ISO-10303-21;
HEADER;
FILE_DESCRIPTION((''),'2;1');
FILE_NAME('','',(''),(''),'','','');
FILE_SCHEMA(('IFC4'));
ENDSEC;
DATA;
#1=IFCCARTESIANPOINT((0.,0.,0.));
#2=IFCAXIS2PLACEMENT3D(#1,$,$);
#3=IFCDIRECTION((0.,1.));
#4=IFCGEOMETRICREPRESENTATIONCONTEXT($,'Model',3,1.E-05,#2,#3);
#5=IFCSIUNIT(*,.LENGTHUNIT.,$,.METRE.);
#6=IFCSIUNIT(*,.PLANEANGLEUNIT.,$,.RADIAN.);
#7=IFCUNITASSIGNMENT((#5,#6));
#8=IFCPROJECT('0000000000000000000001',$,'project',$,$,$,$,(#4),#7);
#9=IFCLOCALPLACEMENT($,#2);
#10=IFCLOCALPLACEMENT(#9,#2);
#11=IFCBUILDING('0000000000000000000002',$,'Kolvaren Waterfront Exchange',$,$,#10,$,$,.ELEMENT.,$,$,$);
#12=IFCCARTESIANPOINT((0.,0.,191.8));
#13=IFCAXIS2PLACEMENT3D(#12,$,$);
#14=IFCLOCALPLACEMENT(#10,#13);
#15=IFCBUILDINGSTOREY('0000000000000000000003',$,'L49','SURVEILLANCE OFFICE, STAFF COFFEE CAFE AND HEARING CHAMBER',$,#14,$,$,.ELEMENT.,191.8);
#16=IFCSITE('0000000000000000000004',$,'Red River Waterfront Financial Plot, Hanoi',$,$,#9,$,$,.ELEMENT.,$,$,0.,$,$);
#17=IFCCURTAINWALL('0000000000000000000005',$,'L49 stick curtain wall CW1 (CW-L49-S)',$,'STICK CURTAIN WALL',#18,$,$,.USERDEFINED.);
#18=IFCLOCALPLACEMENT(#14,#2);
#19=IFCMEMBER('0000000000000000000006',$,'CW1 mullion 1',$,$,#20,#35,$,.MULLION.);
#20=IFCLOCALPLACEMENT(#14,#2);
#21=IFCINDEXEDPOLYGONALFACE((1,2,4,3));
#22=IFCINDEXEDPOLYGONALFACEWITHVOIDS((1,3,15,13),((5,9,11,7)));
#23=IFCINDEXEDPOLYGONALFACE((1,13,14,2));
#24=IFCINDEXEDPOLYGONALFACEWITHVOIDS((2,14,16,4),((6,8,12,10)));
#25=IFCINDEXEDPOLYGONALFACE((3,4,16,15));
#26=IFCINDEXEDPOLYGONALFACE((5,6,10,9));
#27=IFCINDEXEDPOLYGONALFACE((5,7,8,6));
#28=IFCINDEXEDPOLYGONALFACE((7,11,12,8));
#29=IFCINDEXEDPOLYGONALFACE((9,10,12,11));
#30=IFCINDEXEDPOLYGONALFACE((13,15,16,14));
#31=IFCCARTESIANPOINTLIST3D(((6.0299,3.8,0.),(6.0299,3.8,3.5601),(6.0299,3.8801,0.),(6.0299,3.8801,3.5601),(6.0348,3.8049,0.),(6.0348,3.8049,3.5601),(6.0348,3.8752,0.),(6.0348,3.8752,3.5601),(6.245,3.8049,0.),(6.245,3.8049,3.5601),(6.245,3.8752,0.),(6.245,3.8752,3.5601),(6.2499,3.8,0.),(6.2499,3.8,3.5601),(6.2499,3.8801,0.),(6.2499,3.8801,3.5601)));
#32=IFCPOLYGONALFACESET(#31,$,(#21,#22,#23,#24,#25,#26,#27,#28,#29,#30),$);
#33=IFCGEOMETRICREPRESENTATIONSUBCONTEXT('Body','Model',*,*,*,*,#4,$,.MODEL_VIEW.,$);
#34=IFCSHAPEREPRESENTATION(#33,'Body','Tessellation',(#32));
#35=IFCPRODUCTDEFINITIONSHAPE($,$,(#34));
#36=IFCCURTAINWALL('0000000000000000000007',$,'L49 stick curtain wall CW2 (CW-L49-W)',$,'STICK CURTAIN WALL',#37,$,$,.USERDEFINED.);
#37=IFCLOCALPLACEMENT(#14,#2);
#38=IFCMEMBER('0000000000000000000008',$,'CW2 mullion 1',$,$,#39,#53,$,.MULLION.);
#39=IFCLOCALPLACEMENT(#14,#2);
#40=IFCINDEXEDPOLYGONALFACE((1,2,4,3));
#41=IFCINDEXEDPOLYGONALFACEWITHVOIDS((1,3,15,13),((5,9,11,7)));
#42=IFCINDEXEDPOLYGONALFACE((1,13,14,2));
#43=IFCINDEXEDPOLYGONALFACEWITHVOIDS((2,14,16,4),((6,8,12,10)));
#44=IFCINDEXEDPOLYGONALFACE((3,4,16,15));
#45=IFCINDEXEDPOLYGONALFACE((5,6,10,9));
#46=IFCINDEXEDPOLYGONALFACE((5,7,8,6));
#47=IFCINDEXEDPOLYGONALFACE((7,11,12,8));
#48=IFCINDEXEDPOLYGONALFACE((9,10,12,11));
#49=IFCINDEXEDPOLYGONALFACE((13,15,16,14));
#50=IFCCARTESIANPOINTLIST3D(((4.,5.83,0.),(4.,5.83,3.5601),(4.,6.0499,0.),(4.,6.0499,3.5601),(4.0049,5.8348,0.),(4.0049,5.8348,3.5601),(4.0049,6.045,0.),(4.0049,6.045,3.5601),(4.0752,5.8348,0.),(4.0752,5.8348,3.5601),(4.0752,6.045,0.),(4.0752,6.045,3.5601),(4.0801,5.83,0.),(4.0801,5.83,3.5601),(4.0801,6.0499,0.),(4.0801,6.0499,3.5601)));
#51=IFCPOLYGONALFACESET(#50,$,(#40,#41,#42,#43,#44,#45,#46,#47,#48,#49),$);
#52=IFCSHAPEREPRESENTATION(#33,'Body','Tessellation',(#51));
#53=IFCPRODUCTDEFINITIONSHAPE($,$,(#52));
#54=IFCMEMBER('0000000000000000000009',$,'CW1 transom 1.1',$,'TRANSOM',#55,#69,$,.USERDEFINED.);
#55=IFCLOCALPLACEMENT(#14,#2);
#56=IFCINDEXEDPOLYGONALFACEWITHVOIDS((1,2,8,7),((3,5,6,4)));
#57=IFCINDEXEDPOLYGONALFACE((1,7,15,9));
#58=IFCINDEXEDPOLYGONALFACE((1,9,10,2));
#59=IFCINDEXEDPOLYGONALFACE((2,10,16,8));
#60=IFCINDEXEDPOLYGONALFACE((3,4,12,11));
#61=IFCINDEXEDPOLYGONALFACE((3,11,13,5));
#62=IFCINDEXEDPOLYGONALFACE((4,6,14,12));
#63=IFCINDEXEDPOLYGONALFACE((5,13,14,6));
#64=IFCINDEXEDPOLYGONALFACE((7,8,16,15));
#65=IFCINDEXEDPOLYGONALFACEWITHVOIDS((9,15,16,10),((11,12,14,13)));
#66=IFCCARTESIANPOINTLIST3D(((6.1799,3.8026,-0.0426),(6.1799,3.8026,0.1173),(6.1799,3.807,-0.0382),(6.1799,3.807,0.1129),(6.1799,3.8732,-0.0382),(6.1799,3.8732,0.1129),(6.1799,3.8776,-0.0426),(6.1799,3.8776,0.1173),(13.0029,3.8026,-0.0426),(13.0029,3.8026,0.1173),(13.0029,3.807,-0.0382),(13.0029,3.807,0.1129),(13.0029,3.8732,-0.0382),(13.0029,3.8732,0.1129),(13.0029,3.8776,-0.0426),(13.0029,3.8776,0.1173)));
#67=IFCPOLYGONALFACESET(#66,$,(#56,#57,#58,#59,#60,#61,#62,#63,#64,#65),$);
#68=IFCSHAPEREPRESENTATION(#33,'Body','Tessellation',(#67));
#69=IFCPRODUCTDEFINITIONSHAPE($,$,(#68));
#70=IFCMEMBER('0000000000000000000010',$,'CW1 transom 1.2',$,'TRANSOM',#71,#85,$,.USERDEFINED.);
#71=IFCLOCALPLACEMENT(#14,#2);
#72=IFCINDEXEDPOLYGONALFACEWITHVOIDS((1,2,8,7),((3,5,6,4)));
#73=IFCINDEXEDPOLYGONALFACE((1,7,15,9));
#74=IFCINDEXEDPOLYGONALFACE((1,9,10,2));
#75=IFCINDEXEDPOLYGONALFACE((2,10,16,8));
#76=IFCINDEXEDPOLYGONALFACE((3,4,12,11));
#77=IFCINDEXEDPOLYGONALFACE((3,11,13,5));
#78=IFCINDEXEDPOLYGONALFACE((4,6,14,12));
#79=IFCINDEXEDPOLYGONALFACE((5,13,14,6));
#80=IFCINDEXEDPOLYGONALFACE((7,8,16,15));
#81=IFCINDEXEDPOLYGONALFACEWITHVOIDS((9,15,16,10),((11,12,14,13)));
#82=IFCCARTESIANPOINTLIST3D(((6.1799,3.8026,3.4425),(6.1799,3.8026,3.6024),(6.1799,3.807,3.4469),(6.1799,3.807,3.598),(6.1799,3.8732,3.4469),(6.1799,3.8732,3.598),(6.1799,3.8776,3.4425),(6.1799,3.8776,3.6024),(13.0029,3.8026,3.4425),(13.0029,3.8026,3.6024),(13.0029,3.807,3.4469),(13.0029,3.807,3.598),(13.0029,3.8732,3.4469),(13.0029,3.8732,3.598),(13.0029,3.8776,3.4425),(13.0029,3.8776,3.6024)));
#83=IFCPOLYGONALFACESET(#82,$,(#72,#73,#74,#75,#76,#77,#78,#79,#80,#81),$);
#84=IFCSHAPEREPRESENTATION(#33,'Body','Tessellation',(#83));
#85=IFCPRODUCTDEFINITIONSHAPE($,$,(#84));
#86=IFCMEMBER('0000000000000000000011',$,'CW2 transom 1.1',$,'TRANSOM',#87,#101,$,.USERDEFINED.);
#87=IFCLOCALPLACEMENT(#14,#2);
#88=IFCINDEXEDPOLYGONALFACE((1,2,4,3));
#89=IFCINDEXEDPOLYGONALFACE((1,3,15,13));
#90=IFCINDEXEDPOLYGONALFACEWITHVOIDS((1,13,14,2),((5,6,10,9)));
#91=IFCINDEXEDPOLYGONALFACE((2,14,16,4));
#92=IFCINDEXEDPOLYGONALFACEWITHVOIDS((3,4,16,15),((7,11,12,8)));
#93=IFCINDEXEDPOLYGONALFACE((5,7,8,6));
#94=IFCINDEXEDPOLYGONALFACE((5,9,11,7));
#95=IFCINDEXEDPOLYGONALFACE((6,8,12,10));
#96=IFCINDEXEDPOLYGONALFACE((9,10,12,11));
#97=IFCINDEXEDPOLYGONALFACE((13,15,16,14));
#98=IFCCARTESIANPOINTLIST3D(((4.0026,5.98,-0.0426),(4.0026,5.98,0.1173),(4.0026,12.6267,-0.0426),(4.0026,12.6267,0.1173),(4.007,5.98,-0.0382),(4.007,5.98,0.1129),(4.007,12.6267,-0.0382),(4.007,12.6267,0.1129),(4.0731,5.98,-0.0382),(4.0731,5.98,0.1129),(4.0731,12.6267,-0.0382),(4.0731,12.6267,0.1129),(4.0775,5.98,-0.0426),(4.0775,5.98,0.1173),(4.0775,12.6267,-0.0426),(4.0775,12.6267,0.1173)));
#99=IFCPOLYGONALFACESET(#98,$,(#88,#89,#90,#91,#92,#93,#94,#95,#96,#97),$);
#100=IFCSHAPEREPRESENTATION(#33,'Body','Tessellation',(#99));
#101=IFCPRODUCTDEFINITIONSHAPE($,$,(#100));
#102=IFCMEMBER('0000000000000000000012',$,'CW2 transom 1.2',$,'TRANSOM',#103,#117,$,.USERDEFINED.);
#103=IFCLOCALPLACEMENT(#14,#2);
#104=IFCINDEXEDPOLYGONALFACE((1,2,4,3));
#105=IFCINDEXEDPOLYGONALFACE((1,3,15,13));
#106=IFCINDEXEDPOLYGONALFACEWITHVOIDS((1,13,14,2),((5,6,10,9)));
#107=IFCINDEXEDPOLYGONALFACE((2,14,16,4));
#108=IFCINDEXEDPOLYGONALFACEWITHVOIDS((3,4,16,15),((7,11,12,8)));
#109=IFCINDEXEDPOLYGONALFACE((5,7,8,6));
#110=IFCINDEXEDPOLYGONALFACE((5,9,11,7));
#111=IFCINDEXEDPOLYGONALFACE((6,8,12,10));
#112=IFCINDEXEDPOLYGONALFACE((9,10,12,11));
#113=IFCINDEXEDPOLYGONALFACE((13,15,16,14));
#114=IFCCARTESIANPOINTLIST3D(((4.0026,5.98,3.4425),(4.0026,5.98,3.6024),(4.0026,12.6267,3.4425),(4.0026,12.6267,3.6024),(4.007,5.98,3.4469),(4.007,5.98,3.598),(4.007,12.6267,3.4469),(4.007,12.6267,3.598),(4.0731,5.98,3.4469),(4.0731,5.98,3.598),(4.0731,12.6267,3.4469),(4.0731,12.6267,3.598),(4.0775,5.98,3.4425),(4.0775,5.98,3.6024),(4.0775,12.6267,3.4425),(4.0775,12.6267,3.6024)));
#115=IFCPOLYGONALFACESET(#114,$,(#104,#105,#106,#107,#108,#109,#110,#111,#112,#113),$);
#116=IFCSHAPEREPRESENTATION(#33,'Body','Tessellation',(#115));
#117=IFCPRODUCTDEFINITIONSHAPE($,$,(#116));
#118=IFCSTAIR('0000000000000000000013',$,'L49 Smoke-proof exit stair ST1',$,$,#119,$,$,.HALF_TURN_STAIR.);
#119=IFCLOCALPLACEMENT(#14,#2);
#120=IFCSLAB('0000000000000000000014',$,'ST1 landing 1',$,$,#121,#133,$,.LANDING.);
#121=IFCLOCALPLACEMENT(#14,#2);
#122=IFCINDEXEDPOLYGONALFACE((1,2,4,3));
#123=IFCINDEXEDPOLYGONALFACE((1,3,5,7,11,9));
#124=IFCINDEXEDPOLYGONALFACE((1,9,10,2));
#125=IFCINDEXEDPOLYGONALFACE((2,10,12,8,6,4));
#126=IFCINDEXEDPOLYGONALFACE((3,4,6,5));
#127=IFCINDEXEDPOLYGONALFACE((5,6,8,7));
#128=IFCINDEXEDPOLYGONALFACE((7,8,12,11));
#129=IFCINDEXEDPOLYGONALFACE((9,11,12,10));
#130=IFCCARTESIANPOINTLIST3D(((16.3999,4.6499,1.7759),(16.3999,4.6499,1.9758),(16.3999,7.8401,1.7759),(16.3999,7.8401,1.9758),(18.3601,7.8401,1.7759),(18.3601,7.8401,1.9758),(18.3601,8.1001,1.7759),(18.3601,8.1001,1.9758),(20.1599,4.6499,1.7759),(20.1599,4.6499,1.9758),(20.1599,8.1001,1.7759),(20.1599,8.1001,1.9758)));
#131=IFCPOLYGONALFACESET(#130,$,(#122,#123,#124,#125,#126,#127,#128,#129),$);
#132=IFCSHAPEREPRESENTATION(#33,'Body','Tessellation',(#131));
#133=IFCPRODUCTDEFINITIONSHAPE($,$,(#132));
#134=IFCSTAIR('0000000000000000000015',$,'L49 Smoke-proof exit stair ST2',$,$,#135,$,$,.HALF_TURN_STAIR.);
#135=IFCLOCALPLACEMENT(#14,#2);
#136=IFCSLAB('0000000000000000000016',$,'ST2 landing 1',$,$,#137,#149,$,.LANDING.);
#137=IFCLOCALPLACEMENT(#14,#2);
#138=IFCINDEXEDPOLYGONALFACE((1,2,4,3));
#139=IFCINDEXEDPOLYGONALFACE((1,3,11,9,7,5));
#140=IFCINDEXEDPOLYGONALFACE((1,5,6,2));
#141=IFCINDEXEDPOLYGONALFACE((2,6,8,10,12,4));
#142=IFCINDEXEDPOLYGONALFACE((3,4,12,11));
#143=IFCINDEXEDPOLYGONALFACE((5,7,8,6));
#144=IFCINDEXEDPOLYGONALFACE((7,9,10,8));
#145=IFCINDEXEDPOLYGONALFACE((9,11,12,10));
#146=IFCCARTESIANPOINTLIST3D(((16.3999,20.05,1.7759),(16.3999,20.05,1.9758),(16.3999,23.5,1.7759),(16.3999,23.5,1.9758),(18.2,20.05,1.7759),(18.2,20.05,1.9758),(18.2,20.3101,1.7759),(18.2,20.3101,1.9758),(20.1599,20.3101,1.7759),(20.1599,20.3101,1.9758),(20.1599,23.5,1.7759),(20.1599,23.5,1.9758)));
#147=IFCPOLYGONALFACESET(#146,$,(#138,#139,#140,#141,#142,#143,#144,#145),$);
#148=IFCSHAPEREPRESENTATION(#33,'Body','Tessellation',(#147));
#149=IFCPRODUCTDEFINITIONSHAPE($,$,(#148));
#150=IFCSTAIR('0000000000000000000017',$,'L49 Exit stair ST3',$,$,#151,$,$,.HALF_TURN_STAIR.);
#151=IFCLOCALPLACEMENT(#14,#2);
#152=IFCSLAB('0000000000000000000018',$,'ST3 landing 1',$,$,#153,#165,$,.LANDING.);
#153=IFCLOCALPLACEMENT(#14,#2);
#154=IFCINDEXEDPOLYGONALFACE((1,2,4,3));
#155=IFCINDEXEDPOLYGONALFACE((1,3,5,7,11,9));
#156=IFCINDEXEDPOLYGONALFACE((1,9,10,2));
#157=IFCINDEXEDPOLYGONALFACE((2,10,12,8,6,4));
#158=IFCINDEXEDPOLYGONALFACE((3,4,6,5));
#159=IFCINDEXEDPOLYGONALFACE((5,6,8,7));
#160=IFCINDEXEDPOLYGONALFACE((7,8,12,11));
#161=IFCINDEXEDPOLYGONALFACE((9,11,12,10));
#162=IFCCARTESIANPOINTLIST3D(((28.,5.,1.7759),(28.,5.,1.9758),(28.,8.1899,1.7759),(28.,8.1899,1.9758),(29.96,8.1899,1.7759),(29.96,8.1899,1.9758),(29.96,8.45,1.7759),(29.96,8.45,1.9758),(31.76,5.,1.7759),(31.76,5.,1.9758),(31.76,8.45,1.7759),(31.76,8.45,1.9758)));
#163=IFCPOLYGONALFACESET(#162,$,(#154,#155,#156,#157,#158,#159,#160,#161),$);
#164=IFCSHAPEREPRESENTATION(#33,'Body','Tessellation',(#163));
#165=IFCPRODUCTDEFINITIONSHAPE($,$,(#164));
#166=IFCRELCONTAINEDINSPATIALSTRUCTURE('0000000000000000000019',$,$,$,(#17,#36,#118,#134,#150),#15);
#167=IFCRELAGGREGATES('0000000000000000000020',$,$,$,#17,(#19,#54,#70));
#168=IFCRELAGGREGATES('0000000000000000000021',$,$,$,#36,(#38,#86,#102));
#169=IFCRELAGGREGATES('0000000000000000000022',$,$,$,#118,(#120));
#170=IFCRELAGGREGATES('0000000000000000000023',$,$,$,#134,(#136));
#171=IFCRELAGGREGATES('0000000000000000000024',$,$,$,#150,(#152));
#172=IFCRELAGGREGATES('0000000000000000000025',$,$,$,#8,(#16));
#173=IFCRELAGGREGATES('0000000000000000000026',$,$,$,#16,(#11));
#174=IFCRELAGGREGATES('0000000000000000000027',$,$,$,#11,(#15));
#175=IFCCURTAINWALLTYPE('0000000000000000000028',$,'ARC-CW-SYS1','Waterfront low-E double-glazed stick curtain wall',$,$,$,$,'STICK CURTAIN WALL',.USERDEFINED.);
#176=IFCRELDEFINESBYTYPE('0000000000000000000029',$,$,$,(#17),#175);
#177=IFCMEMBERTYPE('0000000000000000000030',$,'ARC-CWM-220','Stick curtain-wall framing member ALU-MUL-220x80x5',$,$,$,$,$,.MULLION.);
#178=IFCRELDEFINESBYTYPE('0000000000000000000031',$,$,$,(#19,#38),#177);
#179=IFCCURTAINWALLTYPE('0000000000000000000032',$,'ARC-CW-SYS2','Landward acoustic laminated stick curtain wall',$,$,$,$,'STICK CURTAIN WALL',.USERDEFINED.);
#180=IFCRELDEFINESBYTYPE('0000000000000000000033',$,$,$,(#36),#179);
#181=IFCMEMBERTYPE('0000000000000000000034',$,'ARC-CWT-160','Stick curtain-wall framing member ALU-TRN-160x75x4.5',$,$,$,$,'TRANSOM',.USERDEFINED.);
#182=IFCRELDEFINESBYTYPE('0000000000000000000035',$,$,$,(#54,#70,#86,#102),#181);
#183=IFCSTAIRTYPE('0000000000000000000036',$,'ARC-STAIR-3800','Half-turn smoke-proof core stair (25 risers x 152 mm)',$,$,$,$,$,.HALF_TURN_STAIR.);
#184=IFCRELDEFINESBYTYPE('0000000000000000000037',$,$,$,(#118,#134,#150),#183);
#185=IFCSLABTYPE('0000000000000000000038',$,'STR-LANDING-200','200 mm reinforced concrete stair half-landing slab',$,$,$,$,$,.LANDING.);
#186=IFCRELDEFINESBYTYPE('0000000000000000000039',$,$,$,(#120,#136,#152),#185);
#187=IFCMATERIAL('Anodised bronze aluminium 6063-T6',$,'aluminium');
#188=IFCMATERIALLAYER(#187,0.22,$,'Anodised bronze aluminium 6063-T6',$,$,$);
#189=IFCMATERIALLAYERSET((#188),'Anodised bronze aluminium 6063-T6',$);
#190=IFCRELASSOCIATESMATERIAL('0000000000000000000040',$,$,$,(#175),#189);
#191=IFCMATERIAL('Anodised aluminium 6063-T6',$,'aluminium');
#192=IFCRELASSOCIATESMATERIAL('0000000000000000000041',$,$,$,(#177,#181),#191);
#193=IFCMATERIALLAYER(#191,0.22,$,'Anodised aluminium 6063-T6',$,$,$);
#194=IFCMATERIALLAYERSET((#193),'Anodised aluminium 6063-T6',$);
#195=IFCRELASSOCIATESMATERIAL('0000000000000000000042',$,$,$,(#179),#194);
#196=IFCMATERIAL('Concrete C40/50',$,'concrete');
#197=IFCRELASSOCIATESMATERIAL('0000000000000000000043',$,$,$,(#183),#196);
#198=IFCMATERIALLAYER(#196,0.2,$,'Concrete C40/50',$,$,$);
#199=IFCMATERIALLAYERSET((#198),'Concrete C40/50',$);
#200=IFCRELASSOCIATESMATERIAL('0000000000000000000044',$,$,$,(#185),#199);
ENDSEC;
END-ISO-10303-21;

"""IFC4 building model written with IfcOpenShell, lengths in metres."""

from ifc_helpers import new_model, si_unit, direction, frame, origin, origin_with_axes, origin_2d, place, context, subcontext, project, spatial, polyline, hollow_rectangle, outline, extrude, source, transform, mapped, material, layer, layer_set, material_profile, profile_set, type_object, element, aggregate, save


model = new_model("IFC4")

# Units and contexts
model_context = context("Model", 3, precision=1e-05, world=origin(), true_north=direction((0.0, 1.0)))
body_context = subcontext(model_context, "Body", "Model", "MODEL_VIEW")
ifc_project = project(units=[si_unit("LENGTHUNIT", "METRE"), si_unit("PLANEANGLEUNIT", "RADIAN")], contexts=[model_context])

# Site, building, storey
site_placement = place(None, origin())
site = spatial("IfcSite", under=ifc_project, at=site_placement, Name="Red River Waterfront Financial Plot, Hanoi", CompositionType="ELEMENT", RefElevation=0.0)
building_placement = place(site_placement, origin())
building = spatial("IfcBuilding", under=site, at=building_placement, Name="Kolvaren Waterfront Exchange", CompositionType="ELEMENT")
storey_placement = place(building_placement, frame((0.0, 0.0, 191.8)))
storey = spatial("IfcBuildingStorey", under=building, at=storey_placement, Name="L49", Description="SURVEILLANCE OFFICE, STAFF COFFEE CAFE AND HEARING CHAMBER", CompositionType="ELEMENT", Elevation=191.8)

# Curtain walls, members
ifc_material_1 = material(Name="Anodised bronze aluminium 6063-T6", Category="aluminium")
ifc_layer_1 = layer(ifc_material_1, 0.22, Name="Anodised bronze aluminium 6063-T6")
ifc_layer_set_1 = layer_set([ifc_layer_1], Name="Anodised bronze aluminium 6063-T6")
curtain_wall_type_1 = type_object("IfcCurtainWallType", Name="ARC-CW-SYS1", Description="Waterfront low-E double-glazed stick curtain wall", ElementType="STICK CURTAIN WALL", PredefinedType="USERDEFINED", material=ifc_layer_set_1)
curtain_wall_1_placement = place(storey_placement, origin())
curtain_wall_1 = element("IfcCurtainWall", 1, at=curtain_wall_1_placement, inside=storey, type_object=curtain_wall_type_1, Name="L49 stick curtain wall CW1 (CW-L49-S)", ObjectType="STICK CURTAIN WALL", PredefinedType="USERDEFINED")
ifc_material_2 = material(Name="Anodised aluminium 6063-T6", Category="aluminium")
ifc_material_profile_1 = material_profile(ifc_material_2, hollow_rectangle(XDim=0.0801, YDim=0.22, WallThickness=0.0049, at=origin_2d()), Name="ALU-MUL-220x80x5")
ifc_profile_set_1 = profile_set([ifc_material_profile_1], Name="Anodised aluminium 6063-T6")
member_type_1 = type_object("IfcMemberType", Name="ARC-CWM-220", Description="Stick curtain-wall framing member ALU-MUL-220x80x5", PredefinedType="MULLION", material=ifc_profile_set_1)
shared_shape_1 = source(origin_with_axes(), body_context, "Body", "SweptSolid", [
    extrude(hollow_rectangle(XDim=0.0801, YDim=0.22, WallThickness=0.0049, at=origin_2d()), origin(), (0.0, 0.0, 1.0), 3.5601),
])
member_1_placement = place(storey_placement, frame((6.1399, 3.8401, 0.0), z_axis=(0.0, 0.0, 1.0), x_axis=(0.0, 1.0, 0.0)))
member_1 = element("IfcMember", 2, at=member_1_placement, type_object=member_type_1, Name="CW1 mullion 1", PredefinedType="MULLION", context=body_context, shape_type="MappedRepresentation", body=[
    mapped(shared_shape_1, transform((0.0, 0.0, 0.0), x_axis=(1.0, 0.0, 0.0), y_axis=(0.0, 1.0, 0.0), z_axis=(0.0, 0.0, 1.0), scale=1.0)),
])
ifc_layer_2 = layer(ifc_material_2, 0.22, Name="Anodised aluminium 6063-T6")
ifc_layer_set_2 = layer_set([ifc_layer_2], Name="Anodised aluminium 6063-T6")
curtain_wall_type_2 = type_object("IfcCurtainWallType", Name="ARC-CW-SYS2", Description="Landward acoustic laminated stick curtain wall", ElementType="STICK CURTAIN WALL", PredefinedType="USERDEFINED", material=ifc_layer_set_2)
curtain_wall_2_placement = place(storey_placement, origin())
curtain_wall_2 = element("IfcCurtainWall", 3, at=curtain_wall_2_placement, inside=storey, type_object=curtain_wall_type_2, Name="L49 stick curtain wall CW2 (CW-L49-W)", ObjectType="STICK CURTAIN WALL", PredefinedType="USERDEFINED")
member_2_placement = place(storey_placement, frame((4.04, 5.9399, 0.0), z_axis=(0.0, 0.0, 1.0), x_axis=(-1.0, 0.0, 0.0)))
member_2 = element("IfcMember", 4, at=member_2_placement, type_object=member_type_1, Name="CW2 mullion 1", PredefinedType="MULLION", context=body_context, shape_type="MappedRepresentation", body=[
    mapped(shared_shape_1, transform((0.0, 0.0, 0.0), x_axis=(1.0, 0.0, 0.0), y_axis=(0.0, 1.0, 0.0), z_axis=(0.0, 0.0, 1.0), scale=1.0)),
])

# Members
ifc_material_profile_2 = material_profile(ifc_material_2, hollow_rectangle(XDim=0.075, YDim=0.1599, WallThickness=0.0044, at=origin_2d()), Name="ALU-TRN-160x75x4.5")
ifc_profile_set_2 = profile_set([ifc_material_profile_2], Name="Anodised aluminium 6063-T6")
member_type_2 = type_object("IfcMemberType", Name="ARC-CWT-160", Description="Stick curtain-wall framing member ALU-TRN-160x75x4.5", ElementType="TRANSOM", PredefinedType="USERDEFINED", material=ifc_profile_set_2)
shared_shape_2 = source(origin_with_axes(), body_context, "Body", "SweptSolid", [
    extrude(hollow_rectangle(XDim=0.075, YDim=0.1599, WallThickness=0.0044, at=origin_2d()), origin(), (0.0, 0.0, 1.0), 6.823),
])
member_3_placement = place(storey_placement, frame((6.1799, 3.8401, 0.0374), z_axis=(1.0, 0.0, 0.0), x_axis=(0.0, 1.0, 0.0)))
member_3 = element("IfcMember", 5, at=member_3_placement, type_object=member_type_2, Name="CW1 transom 1.1", ObjectType="TRANSOM", PredefinedType="USERDEFINED", context=body_context, shape_type="MappedRepresentation", body=[
    mapped(shared_shape_2, transform((0.0, 0.0, 0.0), x_axis=(1.0, 0.0, 0.0), y_axis=(0.0, 1.0, 0.0), z_axis=(0.0, 0.0, 1.0), scale=1.0)),
])
member_4_placement = place(storey_placement, frame((6.1799, 3.8401, 3.5225), z_axis=(1.0, 0.0, 0.0), x_axis=(0.0, 1.0, 0.0)))
member_4 = element("IfcMember", 6, at=member_4_placement, type_object=member_type_2, Name="CW1 transom 1.2", ObjectType="TRANSOM", PredefinedType="USERDEFINED", context=body_context, shape_type="MappedRepresentation", body=[
    mapped(shared_shape_2, transform((0.0, 0.0, 0.0), x_axis=(1.0, 0.0, 0.0), y_axis=(0.0, 1.0, 0.0), z_axis=(0.0, 0.0, 1.0), scale=1.0)),
])
aggregate(curtain_wall_1, [member_1, member_3, member_4])
shared_shape_3 = source(origin_with_axes(), body_context, "Body", "SweptSolid", [
    extrude(hollow_rectangle(XDim=0.075, YDim=0.1599, WallThickness=0.0044, at=origin_2d()), origin(), (0.0, 0.0, 1.0), 6.6467),
])
member_5_placement = place(storey_placement, frame((4.04, 5.98, 0.0374), z_axis=(0.0, 1.0, 0.0), x_axis=(-1.0, 0.0, 0.0)))
member_5 = element("IfcMember", 7, at=member_5_placement, type_object=member_type_2, Name="CW2 transom 1.1", ObjectType="TRANSOM", PredefinedType="USERDEFINED", context=body_context, shape_type="MappedRepresentation", body=[
    mapped(shared_shape_3, transform((0.0, 0.0, 0.0), x_axis=(1.0, 0.0, 0.0), y_axis=(0.0, 1.0, 0.0), z_axis=(0.0, 0.0, 1.0), scale=1.0)),
])
member_6_placement = place(storey_placement, frame((4.04, 5.98, 3.5225), z_axis=(0.0, 1.0, 0.0), x_axis=(-1.0, 0.0, 0.0)))
member_6 = element("IfcMember", 8, at=member_6_placement, type_object=member_type_2, Name="CW2 transom 1.2", ObjectType="TRANSOM", PredefinedType="USERDEFINED", context=body_context, shape_type="MappedRepresentation", body=[
    mapped(shared_shape_3, transform((0.0, 0.0, 0.0), x_axis=(1.0, 0.0, 0.0), y_axis=(0.0, 1.0, 0.0), z_axis=(0.0, 0.0, 1.0), scale=1.0)),
])
aggregate(curtain_wall_2, [member_2, member_5, member_6])

# Stairs, slabs
ifc_material_3 = material(Name="Concrete C40/50", Category="concrete")
stair_type = type_object("IfcStairType", Name="ARC-STAIR-3800", Description="Half-turn smoke-proof core stair (25 risers x 152 mm)", PredefinedType="HALF_TURN_STAIR", material=ifc_material_3)
stair_1_placement = place(storey_placement, origin())
stair_1 = element("IfcStair", 9, at=stair_1_placement, inside=storey, type_object=stair_type, Name="L49 Smoke-proof exit stair ST1", PredefinedType="HALF_TURN_STAIR")
ifc_layer_3 = layer(ifc_material_3, 0.2, Name="Concrete C40/50")
ifc_layer_set_3 = layer_set([ifc_layer_3], Name="Concrete C40/50")
slab_type_1 = type_object("IfcSlabType", Name="STR-LANDING-200", Description="200 mm reinforced concrete stair half-landing slab", PredefinedType="LANDING", material=ifc_layer_set_3)
slab_1_placement = place(storey_placement, frame((0.0, 0.0, 1.7759)))
slab_1 = element("IfcSlab", 10, at=slab_1_placement, type_object=slab_type_1, Name="ST1 landing 1", PredefinedType="LANDING", context=body_context, shape_type="SweptSolid", body=[
    extrude(outline(polyline([(16.3999, 7.8401), (16.3999, 4.6499), (20.1599, 4.6499), (20.1599, 8.1001), (18.3601, 8.1001), (18.3601, 7.8401), (16.3999, 7.8401)])), origin(), (0.0, 0.0, 1.0), 0.2),
])
aggregate(stair_1, [slab_1])
stair_2_placement = place(storey_placement, origin())
stair_2 = element("IfcStair", 11, at=stair_2_placement, inside=storey, type_object=stair_type, Name="L49 Smoke-proof exit stair ST2", PredefinedType="HALF_TURN_STAIR")
slab_2_placement = place(storey_placement, frame((0.0, 0.0, 1.7759)))
slab_2 = element("IfcSlab", 12, at=slab_2_placement, type_object=slab_type_1, Name="ST2 landing 1", PredefinedType="LANDING", context=body_context, shape_type="SweptSolid", body=[
    extrude(outline(polyline([(20.1599, 20.3101), (20.1599, 23.5), (16.3999, 23.5), (16.3999, 20.05), (18.2, 20.05), (18.2, 20.3101), (20.1599, 20.3101)])), origin(), (0.0, 0.0, 1.0), 0.2),
])
aggregate(stair_2, [slab_2])
stair_3_placement = place(storey_placement, origin())
stair_3 = element("IfcStair", 13, at=stair_3_placement, inside=storey, type_object=stair_type, Name="L49 Exit stair ST3", PredefinedType="HALF_TURN_STAIR")
slab_3_placement = place(storey_placement, frame((0.0, 0.0, 1.7759)))
slab_3 = element("IfcSlab", 14, at=slab_3_placement, type_object=slab_type_1, Name="ST3 landing 1", PredefinedType="LANDING", context=body_context, shape_type="SweptSolid", body=[
    extrude(outline(polyline([(28.0, 8.1899), (28.0, 5.0), (31.76, 5.0), (31.76, 8.45), (29.96, 8.45), (29.96, 8.1899), (28.0, 8.1899)])), origin(), (0.0, 0.0, 1.0), 0.2),
])
aggregate(stair_3, [slab_3])

save(model, "model.ifc")
